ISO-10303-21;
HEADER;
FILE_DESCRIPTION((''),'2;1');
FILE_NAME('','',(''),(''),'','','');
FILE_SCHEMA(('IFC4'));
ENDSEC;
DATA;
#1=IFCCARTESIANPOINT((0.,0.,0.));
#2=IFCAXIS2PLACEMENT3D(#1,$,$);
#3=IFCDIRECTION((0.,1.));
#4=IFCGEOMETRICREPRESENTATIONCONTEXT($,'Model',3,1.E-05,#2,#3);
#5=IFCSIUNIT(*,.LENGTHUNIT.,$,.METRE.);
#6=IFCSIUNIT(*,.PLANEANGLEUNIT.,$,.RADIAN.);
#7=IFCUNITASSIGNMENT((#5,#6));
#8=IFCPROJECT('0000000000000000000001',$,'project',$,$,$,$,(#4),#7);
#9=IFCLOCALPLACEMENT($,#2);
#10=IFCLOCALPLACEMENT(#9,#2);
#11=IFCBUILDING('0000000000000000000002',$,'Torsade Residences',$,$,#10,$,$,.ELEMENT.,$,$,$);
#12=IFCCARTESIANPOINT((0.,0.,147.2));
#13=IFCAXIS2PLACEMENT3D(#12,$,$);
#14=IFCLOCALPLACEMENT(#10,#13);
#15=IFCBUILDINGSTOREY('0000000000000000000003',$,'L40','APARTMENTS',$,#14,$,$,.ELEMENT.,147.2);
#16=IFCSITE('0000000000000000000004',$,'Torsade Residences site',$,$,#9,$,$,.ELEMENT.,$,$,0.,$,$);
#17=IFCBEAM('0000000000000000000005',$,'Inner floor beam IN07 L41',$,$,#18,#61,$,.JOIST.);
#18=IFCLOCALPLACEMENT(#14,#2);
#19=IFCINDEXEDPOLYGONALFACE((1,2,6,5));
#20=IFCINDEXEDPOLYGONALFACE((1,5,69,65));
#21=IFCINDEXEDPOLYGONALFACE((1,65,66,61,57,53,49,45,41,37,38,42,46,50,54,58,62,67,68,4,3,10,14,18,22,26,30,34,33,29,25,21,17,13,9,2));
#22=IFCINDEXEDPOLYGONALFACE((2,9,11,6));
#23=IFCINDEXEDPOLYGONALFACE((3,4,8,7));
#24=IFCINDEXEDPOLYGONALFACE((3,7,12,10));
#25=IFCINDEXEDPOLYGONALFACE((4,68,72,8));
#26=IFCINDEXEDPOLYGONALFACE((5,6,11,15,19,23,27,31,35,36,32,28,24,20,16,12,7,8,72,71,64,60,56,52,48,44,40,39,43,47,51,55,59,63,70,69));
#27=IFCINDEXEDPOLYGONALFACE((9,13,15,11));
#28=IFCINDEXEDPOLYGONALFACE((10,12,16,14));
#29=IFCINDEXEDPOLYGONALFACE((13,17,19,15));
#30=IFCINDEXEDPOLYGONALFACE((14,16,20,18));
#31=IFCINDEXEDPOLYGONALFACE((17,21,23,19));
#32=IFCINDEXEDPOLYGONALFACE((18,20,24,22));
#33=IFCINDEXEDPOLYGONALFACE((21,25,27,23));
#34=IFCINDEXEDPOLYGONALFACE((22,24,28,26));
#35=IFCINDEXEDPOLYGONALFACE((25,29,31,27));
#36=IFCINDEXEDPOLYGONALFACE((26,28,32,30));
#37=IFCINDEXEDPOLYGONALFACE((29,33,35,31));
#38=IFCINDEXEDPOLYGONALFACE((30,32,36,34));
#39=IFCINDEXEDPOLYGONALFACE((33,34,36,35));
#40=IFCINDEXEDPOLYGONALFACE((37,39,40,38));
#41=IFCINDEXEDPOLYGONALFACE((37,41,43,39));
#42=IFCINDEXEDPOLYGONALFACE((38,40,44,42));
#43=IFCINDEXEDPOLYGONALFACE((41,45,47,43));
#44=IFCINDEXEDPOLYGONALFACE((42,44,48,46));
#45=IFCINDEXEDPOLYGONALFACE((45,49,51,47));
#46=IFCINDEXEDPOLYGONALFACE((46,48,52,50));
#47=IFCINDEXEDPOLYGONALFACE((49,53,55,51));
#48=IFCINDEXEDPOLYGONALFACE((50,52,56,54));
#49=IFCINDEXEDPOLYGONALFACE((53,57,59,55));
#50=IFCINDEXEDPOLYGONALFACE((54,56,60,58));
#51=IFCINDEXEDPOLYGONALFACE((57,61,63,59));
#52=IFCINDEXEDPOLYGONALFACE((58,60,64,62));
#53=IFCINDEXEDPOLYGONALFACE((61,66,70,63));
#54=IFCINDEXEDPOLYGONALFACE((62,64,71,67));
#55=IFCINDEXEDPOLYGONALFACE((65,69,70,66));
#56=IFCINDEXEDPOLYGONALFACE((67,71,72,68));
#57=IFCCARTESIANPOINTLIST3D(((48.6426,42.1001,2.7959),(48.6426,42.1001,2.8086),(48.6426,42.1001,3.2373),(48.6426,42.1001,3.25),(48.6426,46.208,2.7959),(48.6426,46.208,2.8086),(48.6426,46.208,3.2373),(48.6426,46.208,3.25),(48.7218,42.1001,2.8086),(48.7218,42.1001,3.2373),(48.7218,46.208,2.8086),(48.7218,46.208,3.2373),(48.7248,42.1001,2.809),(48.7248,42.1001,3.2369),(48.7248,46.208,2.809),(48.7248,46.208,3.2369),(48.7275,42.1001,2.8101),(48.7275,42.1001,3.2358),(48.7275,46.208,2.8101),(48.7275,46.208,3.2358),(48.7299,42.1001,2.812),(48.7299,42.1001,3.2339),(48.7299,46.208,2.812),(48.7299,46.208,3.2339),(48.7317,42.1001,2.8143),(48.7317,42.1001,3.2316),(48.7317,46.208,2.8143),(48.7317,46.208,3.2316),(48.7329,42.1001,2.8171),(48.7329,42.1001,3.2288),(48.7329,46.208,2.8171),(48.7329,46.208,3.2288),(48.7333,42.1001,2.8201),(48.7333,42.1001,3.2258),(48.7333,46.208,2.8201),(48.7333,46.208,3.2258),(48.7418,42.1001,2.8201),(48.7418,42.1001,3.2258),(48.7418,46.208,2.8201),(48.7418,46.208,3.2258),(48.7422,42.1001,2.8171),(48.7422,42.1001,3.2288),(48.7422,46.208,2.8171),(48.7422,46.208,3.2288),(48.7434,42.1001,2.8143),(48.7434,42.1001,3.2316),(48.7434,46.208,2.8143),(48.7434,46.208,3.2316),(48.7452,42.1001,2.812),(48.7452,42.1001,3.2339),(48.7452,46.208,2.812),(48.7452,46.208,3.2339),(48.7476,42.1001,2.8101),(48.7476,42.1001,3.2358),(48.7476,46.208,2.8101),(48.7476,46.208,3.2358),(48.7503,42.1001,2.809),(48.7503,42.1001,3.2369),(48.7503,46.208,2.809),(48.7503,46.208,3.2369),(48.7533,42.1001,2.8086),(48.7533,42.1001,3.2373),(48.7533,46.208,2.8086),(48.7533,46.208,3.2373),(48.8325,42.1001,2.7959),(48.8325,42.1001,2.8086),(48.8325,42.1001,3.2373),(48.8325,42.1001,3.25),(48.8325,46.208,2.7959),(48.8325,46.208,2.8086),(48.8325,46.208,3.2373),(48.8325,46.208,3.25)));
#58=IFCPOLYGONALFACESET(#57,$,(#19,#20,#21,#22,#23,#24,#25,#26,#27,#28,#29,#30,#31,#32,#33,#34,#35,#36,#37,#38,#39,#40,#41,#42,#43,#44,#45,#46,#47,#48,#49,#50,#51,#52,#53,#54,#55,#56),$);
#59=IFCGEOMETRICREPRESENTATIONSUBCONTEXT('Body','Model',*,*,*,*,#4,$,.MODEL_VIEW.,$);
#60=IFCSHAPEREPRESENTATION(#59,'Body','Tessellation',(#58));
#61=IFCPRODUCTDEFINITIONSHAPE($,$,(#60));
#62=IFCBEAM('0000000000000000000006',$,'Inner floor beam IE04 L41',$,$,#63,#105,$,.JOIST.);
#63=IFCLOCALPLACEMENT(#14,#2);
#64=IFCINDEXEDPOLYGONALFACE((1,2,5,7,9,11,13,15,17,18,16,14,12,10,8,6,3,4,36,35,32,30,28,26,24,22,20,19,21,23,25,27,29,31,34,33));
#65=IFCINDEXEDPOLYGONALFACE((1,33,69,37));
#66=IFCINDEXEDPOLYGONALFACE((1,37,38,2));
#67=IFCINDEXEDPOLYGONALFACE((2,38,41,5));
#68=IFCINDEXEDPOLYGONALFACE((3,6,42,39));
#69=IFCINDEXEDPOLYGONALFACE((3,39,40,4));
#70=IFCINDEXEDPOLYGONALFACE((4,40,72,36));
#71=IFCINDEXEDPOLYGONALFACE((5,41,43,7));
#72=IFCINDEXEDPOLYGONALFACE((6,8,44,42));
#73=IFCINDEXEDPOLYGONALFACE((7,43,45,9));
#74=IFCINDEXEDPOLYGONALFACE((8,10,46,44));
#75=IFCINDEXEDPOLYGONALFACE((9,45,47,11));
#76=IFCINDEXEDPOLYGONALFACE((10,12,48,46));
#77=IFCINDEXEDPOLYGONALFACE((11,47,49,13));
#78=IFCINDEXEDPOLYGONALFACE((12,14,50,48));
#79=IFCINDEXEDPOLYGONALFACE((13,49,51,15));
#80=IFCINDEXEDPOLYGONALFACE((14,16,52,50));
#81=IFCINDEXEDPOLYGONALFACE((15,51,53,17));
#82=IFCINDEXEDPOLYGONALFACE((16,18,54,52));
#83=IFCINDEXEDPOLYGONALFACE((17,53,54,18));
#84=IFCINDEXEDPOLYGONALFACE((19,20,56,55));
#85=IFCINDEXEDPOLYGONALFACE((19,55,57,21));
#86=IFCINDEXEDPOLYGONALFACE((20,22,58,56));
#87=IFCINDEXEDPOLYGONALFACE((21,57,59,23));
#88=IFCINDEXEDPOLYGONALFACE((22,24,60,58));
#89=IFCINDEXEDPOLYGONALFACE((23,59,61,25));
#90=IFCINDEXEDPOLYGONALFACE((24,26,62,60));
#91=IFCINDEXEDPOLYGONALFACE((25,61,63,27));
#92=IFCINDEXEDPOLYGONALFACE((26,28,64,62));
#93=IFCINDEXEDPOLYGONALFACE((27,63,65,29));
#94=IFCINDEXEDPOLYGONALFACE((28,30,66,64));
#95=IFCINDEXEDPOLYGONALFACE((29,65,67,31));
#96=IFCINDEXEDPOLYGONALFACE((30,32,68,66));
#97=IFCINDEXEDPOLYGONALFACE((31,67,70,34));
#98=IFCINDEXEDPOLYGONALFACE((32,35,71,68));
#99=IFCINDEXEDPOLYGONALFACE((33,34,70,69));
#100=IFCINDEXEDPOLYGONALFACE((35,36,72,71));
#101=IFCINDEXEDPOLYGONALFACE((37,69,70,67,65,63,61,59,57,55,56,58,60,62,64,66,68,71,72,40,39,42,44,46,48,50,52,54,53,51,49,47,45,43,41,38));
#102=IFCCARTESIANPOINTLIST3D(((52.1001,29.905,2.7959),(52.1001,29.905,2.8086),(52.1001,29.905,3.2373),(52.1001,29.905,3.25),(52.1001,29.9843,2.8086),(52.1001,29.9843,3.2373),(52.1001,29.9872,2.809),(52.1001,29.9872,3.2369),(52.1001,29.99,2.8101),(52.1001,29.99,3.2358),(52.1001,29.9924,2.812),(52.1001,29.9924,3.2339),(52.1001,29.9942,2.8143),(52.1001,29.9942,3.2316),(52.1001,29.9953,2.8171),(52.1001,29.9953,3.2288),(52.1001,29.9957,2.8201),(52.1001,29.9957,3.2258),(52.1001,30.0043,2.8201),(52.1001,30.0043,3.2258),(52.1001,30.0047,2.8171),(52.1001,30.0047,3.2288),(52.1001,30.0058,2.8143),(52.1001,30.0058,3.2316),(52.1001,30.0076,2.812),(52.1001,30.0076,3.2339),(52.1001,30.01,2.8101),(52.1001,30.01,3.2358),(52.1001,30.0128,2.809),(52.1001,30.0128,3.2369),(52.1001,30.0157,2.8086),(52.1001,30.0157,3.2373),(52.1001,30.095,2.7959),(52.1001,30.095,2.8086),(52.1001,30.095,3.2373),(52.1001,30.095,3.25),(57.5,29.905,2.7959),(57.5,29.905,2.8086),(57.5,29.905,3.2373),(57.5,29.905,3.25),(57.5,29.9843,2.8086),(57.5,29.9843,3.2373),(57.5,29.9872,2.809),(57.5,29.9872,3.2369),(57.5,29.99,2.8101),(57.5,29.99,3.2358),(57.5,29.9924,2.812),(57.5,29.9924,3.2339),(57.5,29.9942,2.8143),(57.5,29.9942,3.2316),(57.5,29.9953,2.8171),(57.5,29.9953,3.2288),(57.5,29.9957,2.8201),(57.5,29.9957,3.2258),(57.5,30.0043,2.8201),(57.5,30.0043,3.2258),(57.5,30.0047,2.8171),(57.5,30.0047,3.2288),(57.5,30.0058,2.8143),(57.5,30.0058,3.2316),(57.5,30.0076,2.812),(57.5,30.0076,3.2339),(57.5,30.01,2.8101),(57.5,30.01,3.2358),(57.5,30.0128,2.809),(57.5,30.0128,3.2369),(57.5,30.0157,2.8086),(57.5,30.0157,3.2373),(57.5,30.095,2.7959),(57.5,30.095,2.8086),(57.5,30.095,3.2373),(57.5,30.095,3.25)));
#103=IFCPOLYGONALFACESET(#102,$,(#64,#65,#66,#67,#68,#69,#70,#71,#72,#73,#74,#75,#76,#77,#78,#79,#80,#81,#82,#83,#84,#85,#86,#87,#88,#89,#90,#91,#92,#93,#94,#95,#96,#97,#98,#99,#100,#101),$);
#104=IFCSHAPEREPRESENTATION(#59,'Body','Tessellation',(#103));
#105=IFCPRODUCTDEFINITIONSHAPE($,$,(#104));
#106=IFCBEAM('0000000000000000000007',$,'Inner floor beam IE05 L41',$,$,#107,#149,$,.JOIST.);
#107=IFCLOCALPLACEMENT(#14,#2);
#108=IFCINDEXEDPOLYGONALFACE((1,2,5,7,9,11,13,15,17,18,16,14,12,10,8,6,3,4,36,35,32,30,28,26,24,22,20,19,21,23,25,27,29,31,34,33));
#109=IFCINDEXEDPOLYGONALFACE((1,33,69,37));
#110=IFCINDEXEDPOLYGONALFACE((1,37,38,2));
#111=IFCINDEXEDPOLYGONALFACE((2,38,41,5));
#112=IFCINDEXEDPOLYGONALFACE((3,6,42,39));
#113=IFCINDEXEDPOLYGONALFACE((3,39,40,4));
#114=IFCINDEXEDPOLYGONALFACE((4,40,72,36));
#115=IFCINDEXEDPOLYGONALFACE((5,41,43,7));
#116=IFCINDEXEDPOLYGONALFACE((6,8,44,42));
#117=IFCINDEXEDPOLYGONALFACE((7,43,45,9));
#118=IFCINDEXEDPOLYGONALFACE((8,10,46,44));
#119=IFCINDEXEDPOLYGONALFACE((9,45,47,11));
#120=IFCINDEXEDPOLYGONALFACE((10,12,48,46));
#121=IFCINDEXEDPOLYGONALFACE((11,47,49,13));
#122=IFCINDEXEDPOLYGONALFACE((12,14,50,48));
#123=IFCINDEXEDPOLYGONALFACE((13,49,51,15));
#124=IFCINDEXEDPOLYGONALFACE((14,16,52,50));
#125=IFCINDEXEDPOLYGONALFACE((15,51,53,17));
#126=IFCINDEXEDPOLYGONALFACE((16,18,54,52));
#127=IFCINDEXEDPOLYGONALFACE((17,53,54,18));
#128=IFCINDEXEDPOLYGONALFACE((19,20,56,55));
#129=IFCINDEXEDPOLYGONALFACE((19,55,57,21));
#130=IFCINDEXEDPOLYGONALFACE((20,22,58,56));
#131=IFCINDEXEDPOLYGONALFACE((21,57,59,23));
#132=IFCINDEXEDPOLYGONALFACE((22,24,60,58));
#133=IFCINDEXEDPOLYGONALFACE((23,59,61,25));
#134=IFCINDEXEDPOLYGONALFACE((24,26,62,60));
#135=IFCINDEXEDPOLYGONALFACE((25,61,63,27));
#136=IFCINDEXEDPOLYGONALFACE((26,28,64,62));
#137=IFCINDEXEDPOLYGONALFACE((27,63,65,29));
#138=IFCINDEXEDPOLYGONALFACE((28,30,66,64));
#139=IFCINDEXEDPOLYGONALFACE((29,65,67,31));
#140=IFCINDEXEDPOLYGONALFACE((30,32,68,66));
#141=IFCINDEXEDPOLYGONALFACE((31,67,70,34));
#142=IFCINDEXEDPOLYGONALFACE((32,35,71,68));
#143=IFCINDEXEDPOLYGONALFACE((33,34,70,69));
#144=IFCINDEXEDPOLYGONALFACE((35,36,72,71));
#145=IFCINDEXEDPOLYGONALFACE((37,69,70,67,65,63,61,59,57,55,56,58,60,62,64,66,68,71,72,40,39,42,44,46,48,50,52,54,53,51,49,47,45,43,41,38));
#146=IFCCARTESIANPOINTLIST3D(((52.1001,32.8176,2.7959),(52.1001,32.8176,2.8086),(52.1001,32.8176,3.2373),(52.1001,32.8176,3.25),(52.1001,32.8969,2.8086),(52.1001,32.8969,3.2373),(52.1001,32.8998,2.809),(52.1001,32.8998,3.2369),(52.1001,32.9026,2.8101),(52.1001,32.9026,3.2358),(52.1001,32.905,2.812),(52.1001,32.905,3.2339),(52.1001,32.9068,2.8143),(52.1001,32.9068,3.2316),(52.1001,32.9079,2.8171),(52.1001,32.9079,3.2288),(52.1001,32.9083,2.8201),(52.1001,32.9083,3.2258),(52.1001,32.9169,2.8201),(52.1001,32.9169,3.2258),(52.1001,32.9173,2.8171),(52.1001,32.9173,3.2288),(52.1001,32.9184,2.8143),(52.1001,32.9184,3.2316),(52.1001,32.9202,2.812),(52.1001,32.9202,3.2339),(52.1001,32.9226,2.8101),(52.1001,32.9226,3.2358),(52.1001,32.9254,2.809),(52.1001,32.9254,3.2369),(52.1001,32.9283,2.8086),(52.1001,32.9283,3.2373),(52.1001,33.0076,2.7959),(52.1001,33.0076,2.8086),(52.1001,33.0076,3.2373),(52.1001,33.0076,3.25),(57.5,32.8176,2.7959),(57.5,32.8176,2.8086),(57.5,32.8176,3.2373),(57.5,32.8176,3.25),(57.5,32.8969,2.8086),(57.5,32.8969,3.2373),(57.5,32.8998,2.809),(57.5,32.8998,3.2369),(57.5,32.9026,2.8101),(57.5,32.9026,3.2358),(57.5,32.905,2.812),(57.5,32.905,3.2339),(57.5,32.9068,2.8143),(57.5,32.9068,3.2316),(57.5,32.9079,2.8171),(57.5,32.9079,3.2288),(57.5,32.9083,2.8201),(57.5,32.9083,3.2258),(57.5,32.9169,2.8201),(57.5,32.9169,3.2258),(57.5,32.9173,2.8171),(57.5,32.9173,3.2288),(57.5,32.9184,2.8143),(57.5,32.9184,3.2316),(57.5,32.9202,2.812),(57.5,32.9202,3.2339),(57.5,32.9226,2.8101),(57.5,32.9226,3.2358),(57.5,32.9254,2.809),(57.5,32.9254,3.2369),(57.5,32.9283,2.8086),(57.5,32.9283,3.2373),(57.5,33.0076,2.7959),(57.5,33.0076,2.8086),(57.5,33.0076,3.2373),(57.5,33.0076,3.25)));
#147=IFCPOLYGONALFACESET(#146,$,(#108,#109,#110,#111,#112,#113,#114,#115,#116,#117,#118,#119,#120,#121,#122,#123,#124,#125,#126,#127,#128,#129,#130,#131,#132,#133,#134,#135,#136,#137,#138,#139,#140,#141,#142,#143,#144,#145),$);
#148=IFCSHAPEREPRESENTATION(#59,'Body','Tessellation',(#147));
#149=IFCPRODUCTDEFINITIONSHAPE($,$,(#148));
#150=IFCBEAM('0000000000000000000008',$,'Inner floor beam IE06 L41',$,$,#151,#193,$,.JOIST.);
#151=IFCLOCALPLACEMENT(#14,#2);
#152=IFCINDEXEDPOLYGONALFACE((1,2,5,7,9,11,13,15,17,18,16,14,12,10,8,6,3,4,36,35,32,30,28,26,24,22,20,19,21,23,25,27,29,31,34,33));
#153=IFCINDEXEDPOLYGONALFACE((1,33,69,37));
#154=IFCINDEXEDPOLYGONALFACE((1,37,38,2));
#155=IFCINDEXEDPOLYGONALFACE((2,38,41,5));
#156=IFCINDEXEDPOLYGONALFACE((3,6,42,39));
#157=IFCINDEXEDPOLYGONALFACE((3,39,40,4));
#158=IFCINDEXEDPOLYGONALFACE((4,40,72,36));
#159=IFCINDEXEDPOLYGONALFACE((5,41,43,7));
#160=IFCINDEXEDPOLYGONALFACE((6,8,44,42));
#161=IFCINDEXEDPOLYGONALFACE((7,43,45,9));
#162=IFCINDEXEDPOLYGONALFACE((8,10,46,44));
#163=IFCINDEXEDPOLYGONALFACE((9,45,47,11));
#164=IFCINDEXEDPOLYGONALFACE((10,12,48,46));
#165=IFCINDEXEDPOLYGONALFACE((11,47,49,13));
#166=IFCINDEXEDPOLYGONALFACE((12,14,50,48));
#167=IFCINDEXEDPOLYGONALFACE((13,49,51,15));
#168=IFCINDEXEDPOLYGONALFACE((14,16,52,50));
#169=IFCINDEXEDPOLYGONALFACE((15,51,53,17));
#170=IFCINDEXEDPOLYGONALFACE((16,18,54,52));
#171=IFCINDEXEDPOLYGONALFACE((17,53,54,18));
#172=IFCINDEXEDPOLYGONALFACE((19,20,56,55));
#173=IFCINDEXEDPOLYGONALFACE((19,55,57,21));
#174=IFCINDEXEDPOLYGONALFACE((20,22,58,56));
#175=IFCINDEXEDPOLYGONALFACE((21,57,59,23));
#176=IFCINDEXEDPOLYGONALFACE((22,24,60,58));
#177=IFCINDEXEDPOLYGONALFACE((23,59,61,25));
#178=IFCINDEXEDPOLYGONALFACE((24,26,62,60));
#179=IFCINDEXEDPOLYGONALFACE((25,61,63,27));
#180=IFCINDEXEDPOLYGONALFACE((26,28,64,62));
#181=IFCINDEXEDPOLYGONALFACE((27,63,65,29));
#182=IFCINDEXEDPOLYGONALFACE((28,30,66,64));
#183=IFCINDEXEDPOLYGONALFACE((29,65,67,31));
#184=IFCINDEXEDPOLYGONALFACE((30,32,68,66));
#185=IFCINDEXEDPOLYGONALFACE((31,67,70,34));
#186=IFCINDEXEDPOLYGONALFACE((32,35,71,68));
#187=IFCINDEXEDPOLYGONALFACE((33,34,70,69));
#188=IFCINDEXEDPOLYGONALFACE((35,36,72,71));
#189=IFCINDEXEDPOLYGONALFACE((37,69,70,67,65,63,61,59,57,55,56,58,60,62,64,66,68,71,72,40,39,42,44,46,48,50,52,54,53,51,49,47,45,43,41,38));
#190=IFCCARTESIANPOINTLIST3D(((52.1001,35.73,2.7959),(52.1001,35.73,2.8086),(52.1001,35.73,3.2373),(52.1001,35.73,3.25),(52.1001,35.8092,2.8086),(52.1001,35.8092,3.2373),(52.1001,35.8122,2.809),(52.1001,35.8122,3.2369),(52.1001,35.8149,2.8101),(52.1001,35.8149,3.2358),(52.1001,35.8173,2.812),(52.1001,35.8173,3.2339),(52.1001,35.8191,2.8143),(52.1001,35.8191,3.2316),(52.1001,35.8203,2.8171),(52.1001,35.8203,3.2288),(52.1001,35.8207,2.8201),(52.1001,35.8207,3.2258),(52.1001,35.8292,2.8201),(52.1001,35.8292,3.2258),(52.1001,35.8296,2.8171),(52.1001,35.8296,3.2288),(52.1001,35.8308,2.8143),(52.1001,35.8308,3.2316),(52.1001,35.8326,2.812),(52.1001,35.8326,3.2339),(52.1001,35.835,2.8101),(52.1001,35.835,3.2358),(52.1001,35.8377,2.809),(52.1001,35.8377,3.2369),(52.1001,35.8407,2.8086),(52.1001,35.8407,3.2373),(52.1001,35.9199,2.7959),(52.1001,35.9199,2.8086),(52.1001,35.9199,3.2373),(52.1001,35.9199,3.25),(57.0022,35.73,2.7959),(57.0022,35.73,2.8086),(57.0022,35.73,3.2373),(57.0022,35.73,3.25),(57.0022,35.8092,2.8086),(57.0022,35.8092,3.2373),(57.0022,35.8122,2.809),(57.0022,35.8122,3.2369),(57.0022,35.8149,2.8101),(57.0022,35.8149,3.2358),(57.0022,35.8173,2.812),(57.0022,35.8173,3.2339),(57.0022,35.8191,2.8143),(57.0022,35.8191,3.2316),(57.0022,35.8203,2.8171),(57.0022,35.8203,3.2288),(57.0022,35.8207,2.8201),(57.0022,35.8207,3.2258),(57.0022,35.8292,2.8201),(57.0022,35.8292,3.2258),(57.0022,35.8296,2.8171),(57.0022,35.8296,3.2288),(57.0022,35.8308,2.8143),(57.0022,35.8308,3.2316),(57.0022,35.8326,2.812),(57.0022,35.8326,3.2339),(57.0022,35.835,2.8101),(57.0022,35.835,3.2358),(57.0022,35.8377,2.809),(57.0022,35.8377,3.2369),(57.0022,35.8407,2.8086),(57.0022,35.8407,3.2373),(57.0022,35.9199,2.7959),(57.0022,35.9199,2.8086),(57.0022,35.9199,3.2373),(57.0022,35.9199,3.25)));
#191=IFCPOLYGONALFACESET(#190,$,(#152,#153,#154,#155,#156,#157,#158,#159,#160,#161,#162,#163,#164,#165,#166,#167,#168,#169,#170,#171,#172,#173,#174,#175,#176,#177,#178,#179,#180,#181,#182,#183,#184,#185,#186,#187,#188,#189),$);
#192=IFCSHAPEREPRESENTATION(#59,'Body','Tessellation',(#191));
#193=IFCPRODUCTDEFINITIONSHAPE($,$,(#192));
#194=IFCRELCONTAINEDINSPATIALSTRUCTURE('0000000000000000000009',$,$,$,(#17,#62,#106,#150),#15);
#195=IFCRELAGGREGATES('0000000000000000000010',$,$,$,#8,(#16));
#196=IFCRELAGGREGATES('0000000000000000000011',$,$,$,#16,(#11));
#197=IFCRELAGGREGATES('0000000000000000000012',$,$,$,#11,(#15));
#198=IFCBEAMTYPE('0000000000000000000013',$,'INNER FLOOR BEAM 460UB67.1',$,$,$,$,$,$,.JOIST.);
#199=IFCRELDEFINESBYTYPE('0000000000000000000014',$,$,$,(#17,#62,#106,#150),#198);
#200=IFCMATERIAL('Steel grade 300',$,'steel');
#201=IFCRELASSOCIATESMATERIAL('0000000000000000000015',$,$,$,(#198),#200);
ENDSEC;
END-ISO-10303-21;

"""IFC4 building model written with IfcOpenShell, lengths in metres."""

from ifc_helpers import new_model, si_unit, direction, frame, origin, origin_2d, place, context, subcontext, project, spatial, i_section, extrude, material, material_profile, profile_set, type_object, element, save


model = new_model("IFC4")

# Units and contexts
model_context = context("Model", 3, precision=1e-05, world=origin(), true_north=direction((0.0, 1.0)))
body_context = subcontext(model_context, "Body", "Model", "MODEL_VIEW")
ifc_project = project(units=[si_unit("LENGTHUNIT", "METRE"), si_unit("PLANEANGLEUNIT", "RADIAN")], contexts=[model_context])

# Site, building, storey
site_placement = place(None, origin())
site = spatial("IfcSite", under=ifc_project, at=site_placement, Name="Torsade Residences site", CompositionType="ELEMENT", RefElevation=0.0)
building_placement = place(site_placement, origin())
building = spatial("IfcBuilding", under=site, at=building_placement, Name="Torsade Residences", CompositionType="ELEMENT")
storey_placement = place(building_placement, frame((0.0, 0.0, 147.2)))
storey = spatial("IfcBuildingStorey", under=building, at=storey_placement, Name="L40", Description="APARTMENTS", CompositionType="ELEMENT", Elevation=147.2)

# Beams
ifc_material_1 = material(Name="Steel grade 300", Category="steel")
ifc_material_profile_1 = material_profile(ifc_material_1, i_section(OverallWidth=0.1899, OverallDepth=0.4541, WebThickness=0.0085, FlangeThickness=0.0127, FilletRadius=0.0115, at=origin_2d()), Name="460UB67.1")
ifc_profile_set_1 = profile_set([ifc_material_profile_1], Name="Steel grade 300")
beam_type_1 = type_object("IfcBeamType", Name="INNER FLOOR BEAM 460UB67.1", PredefinedType="JOIST", material=ifc_profile_set_1)
beam_1_placement = place(storey_placement, frame((48.7375, 42.1001, 3.0229), z_axis=(0.0, 1.0, 0.0), x_axis=(-1.0, 0.0, 0.0)))
element("IfcBeam", 1, at=beam_1_placement, inside=storey, type_object=beam_type_1, Name="Inner floor beam IN07 L41", PredefinedType="JOIST", context=body_context, shape_type="SweptSolid", body=[
    extrude(i_section(OverallWidth=0.1899, OverallDepth=0.4541, WebThickness=0.0085, FlangeThickness=0.0127, FilletRadius=0.0115, at=origin_2d()), origin(), (0.0, 0.0, 1.0), 4.1079),
])
for number, where, z_axis, x_axis, name in (
    (2, (52.1001, 30.0, 3.0229), (1.0, 0.0, 0.0), (0.0, 1.0, 0.0), "Inner floor beam IE04 L41"),
    (3, (52.1001, 32.9126, 3.0229), (1.0, 0.0, 0.0), (0.0, 1.0, 0.0), "Inner floor beam IE05 L41"),
):
    element("IfcBeam", number, at=place(storey_placement, frame(where, z_axis=z_axis, x_axis=x_axis)), inside=storey, type_object=beam_type_1, Name=name, PredefinedType="JOIST", context=body_context, shape_type="SweptSolid", body=[
        extrude(i_section(OverallWidth=0.1899, OverallDepth=0.4541, WebThickness=0.0085, FlangeThickness=0.0127, FilletRadius=0.0115, at=origin_2d()), origin(), (0.0, 0.0, 1.0), 5.3999),
    ])
beam_2_placement = place(storey_placement, frame((52.1001, 35.825, 3.0229), z_axis=(1.0, 0.0, 0.0), x_axis=(0.0, 1.0, 0.0)))
element("IfcBeam", 4, at=beam_2_placement, inside=storey, type_object=beam_type_1, Name="Inner floor beam IE06 L41", PredefinedType="JOIST", context=body_context, shape_type="SweptSolid", body=[
    extrude(i_section(OverallWidth=0.1899, OverallDepth=0.4541, WebThickness=0.0085, FlangeThickness=0.0127, FilletRadius=0.0115, at=origin_2d()), origin(), (0.0, 0.0, 1.0), 4.9021),
])

save(model, "model.ifc")
